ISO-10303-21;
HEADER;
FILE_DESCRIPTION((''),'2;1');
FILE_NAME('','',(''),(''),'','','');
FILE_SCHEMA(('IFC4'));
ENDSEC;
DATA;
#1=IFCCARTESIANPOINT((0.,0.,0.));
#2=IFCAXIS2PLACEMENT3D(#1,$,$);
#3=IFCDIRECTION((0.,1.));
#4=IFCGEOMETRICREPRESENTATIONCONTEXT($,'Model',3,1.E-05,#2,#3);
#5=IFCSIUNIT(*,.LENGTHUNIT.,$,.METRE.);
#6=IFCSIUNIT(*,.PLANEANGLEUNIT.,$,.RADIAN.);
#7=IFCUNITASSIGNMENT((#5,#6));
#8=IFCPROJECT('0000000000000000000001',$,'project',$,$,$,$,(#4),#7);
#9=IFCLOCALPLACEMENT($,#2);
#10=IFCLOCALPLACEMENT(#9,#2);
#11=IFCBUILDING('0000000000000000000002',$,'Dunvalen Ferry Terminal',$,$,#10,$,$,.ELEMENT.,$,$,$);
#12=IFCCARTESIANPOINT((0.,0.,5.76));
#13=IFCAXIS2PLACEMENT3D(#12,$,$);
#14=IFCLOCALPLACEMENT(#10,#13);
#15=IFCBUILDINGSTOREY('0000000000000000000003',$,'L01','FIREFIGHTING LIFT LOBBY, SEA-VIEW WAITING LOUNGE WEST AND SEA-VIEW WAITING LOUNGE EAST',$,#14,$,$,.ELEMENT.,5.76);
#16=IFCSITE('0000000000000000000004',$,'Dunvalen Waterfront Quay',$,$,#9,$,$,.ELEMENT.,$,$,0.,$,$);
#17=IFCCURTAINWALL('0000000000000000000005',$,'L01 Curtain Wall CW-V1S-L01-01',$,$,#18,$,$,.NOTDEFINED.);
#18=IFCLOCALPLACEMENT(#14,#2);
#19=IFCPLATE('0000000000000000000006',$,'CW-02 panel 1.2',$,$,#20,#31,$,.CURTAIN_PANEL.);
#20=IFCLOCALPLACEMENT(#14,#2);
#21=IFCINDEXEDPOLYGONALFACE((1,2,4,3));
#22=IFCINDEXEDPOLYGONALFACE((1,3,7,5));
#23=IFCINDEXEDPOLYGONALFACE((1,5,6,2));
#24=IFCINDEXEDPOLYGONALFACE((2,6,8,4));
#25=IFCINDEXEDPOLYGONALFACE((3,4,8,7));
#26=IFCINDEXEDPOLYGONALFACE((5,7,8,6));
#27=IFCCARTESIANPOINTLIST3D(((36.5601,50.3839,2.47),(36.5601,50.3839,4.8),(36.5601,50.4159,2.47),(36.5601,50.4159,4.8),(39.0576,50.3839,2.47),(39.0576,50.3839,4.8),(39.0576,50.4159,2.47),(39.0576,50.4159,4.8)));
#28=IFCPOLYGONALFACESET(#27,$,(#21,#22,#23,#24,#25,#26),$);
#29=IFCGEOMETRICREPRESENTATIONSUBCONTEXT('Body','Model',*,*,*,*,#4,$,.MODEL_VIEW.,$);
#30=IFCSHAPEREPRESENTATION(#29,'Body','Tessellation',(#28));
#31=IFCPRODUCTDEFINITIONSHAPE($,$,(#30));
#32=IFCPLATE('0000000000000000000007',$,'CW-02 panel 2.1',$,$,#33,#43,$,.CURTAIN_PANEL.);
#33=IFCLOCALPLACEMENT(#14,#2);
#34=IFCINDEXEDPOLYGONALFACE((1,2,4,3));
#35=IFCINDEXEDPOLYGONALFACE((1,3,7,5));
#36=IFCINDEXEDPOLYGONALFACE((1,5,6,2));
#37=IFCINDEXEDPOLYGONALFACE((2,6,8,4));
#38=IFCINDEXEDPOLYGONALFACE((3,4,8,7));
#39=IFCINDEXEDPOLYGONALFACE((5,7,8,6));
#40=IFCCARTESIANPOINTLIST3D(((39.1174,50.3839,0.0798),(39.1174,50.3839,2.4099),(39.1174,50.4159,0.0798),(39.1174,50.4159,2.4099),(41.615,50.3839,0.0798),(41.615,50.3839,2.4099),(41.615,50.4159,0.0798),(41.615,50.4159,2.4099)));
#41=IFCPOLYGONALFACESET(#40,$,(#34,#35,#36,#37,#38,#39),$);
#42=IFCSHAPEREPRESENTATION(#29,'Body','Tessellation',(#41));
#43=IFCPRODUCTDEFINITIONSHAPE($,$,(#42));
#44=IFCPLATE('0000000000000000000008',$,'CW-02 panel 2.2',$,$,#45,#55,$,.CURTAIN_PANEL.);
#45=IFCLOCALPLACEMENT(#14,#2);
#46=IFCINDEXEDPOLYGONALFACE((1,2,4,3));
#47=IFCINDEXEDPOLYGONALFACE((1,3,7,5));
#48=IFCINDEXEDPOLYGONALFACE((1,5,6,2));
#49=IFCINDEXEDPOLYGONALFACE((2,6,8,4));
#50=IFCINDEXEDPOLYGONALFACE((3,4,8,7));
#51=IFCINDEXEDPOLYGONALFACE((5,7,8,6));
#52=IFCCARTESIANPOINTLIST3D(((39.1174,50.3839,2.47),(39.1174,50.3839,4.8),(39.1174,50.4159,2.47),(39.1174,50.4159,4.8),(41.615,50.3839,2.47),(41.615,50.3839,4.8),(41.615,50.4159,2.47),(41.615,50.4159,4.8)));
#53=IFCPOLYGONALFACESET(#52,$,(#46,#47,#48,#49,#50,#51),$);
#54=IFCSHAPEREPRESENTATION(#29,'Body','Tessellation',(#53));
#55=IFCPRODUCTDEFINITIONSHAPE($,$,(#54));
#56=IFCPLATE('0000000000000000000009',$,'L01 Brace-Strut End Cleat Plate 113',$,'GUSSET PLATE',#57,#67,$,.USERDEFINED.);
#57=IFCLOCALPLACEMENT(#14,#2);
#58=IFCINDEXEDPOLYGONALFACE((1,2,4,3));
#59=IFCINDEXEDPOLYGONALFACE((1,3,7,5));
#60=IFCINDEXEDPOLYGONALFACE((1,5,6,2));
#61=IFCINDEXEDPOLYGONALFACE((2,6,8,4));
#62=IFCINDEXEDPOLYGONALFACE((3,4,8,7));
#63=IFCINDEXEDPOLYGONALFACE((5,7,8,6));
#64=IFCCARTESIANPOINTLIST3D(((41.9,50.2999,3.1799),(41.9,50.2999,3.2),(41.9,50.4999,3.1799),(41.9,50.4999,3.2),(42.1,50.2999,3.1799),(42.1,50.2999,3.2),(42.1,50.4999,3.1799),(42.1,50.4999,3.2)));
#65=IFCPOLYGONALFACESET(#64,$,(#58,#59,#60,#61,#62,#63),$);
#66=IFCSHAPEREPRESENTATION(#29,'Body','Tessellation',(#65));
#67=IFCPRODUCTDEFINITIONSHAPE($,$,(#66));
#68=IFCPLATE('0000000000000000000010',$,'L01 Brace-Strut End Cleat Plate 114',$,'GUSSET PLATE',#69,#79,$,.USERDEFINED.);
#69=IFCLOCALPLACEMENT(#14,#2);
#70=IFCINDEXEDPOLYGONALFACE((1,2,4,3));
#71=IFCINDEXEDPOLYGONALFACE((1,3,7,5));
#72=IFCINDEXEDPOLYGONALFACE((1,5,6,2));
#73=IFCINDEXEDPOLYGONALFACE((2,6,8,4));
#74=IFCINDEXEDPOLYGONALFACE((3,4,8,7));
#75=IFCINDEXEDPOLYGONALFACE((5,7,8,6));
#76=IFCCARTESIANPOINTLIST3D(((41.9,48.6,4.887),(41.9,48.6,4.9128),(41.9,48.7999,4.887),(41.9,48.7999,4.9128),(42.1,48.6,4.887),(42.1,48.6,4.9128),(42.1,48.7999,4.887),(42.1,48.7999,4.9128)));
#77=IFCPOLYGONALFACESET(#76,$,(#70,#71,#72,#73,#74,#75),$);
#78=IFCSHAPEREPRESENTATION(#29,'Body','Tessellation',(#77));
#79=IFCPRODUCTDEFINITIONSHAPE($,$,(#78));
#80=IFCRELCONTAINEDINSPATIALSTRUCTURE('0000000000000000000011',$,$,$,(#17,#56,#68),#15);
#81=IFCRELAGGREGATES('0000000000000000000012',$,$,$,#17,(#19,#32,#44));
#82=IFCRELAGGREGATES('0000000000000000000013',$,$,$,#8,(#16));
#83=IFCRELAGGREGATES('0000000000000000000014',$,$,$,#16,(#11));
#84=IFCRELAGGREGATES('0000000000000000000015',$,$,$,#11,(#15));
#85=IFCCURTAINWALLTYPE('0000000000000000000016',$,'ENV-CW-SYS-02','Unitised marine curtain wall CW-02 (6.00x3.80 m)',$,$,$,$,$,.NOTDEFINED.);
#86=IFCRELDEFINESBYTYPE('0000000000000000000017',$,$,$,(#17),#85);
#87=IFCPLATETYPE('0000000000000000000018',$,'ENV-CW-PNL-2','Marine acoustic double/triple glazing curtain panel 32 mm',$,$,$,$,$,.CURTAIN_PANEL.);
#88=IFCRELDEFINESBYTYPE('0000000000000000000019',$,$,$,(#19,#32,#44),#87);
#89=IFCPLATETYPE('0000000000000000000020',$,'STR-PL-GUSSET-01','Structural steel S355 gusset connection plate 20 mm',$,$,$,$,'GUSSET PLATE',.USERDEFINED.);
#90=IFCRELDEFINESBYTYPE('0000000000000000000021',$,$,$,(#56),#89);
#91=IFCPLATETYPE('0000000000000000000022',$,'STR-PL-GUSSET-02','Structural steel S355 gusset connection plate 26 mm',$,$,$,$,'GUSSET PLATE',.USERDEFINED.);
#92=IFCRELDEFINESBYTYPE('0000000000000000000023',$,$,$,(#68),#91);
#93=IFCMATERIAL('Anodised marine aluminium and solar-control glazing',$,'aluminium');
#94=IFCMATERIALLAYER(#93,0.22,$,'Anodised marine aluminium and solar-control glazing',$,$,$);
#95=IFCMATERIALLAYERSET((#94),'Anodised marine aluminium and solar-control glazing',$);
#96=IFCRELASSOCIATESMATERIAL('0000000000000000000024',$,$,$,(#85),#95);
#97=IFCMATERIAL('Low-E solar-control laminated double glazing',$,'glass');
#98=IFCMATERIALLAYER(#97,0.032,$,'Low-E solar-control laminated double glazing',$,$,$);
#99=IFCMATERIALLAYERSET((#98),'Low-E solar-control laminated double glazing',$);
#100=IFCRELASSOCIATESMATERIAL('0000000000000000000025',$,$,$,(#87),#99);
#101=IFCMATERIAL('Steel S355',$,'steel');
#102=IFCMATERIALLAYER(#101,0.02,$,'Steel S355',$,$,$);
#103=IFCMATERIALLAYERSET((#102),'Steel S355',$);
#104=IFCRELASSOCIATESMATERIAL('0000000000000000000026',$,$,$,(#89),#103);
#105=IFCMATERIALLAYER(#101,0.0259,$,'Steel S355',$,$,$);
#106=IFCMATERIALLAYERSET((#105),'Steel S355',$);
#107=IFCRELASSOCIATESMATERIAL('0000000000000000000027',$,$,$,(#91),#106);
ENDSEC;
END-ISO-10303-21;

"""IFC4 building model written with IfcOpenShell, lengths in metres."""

from ifc_helpers import new_model, si_unit, direction, frame, origin, origin_2d, place, context, subcontext, project, spatial, rectangle, extrude, material, layer, layer_set, type_object, element, aggregate, save


model = new_model("IFC4")

# Units and contexts
model_context = context("Model", 3, precision=1e-05, world=origin(), true_north=direction((0.0, 1.0)))
body_context = subcontext(model_context, "Body", "Model", "MODEL_VIEW")
ifc_project = project(units=[si_unit("LENGTHUNIT", "METRE"), si_unit("PLANEANGLEUNIT", "RADIAN")], contexts=[model_context])

# Site, building, storey
site_placement = place(None, origin())
site = spatial("IfcSite", under=ifc_project, at=site_placement, Name="Dunvalen Waterfront Quay", CompositionType="ELEMENT", RefElevation=0.0)
building_placement = place(site_placement, origin())
building = spatial("IfcBuilding", under=site, at=building_placement, Name="Dunvalen Ferry Terminal", CompositionType="ELEMENT")
storey_placement = place(building_placement, frame((0.0, 0.0, 5.76)))
storey = spatial("IfcBuildingStorey", under=building, at=storey_placement, Name="L01", Description="FIREFIGHTING LIFT LOBBY, SEA-VIEW WAITING LOUNGE WEST AND SEA-VIEW WAITING LOUNGE EAST", CompositionType="ELEMENT", Elevation=5.76)

# Curtain wall
ifc_material_1 = material(Name="Anodised marine aluminium and solar-control glazing", Category="aluminium")
ifc_layer_1 = layer(ifc_material_1, 0.22, Name="Anodised marine aluminium and solar-control glazing")
ifc_layer_set_1 = layer_set([ifc_layer_1], Name="Anodised marine aluminium and solar-control glazing")
curtain_wall_type = type_object("IfcCurtainWallType", Name="ENV-CW-SYS-02", Description="Unitised marine curtain wall CW-02 (6.00x3.80 m)", PredefinedType="NOTDEFINED", material=ifc_layer_set_1)
curtain_wall_1_placement = place(storey_placement, origin())
curtain_wall_1 = element("IfcCurtainWall", 1, at=curtain_wall_1_placement, inside=storey, type_object=curtain_wall_type, Name="L01 Curtain Wall CW-V1S-L01-01", PredefinedType="NOTDEFINED")

# Shared definitions
ifc_material_2 = material(Name="Steel S355", Category="steel")

# Plates
ifc_material_3 = material(Name="Low-E solar-control laminated double glazing", Category="glass")
ifc_layer_2 = layer(ifc_material_3, 0.032, Name="Low-E solar-control laminated double glazing")
ifc_layer_set_2 = layer_set([ifc_layer_2], Name="Low-E solar-control laminated double glazing")
plate_type_1 = type_object("IfcPlateType", Name="ENV-CW-PNL-2", Description="Marine acoustic double/triple glazing curtain panel 32 mm", PredefinedType="CURTAIN_PANEL", material=ifc_layer_set_2)
plate_1_placement = place(storey_placement, frame((37.8088, 50.3999, 2.47), z_axis=(0.0, 0.0, 1.0), x_axis=(1.0, 0.0, 0.0)))
plate_1 = element("IfcPlate", 2, at=plate_1_placement, type_object=plate_type_1, Name="CW-02 panel 1.2", PredefinedType="CURTAIN_PANEL", context=body_context, shape_type="SweptSolid", body=[
    extrude(rectangle(XDim=2.4976, YDim=0.032, at=origin_2d()), origin(), (0.0, 0.0, 1.0), 2.3301),
])
plate_2_placement = place(storey_placement, frame((40.3662, 50.3999, 0.0798), z_axis=(0.0, 0.0, 1.0), x_axis=(1.0, 0.0, 0.0)))
plate_2 = element("IfcPlate", 3, at=plate_2_placement, type_object=plate_type_1, Name="CW-02 panel 2.1", PredefinedType="CURTAIN_PANEL", context=body_context, shape_type="SweptSolid", body=[
    extrude(rectangle(XDim=2.4976, YDim=0.032, at=origin_2d()), origin(), (0.0, 0.0, 1.0), 2.3301),
])
plate_3_placement = place(storey_placement, frame((40.3662, 50.3999, 2.47), z_axis=(0.0, 0.0, 1.0), x_axis=(1.0, 0.0, 0.0)))
plate_3 = element("IfcPlate", 4, at=plate_3_placement, type_object=plate_type_1, Name="CW-02 panel 2.2", PredefinedType="CURTAIN_PANEL", context=body_context, shape_type="SweptSolid", body=[
    extrude(rectangle(XDim=2.4976, YDim=0.032, at=origin_2d()), origin(), (0.0, 0.0, 1.0), 2.3301),
])
aggregate(curtain_wall_1, [plate_1, plate_2, plate_3])

# Plates
ifc_layer_3 = layer(ifc_material_2, 0.02, Name="Steel S355")
ifc_layer_set_3 = layer_set([ifc_layer_3], Name="Steel S355")
plate_type_2 = type_object("IfcPlateType", Name="STR-PL-GUSSET-01", Description="Structural steel S355 gusset connection plate 20 mm", ElementType="GUSSET PLATE", PredefinedType="USERDEFINED", material=ifc_layer_set_3)
plate_4_placement = place(storey_placement, frame((42.0, 50.3999, 3.1799), z_axis=(0.0, 0.0, 1.0), x_axis=(1.0, 0.0, 0.0)))
element("IfcPlate", 5, at=plate_4_placement, inside=storey, type_object=plate_type_2, Name="L01 Brace-Strut End Cleat Plate 113", ObjectType="GUSSET PLATE", PredefinedType="USERDEFINED", context=body_context, shape_type="SweptSolid", body=[
    extrude(rectangle(XDim=0.2, YDim=0.2, at=origin_2d()), origin(), (0.0, 0.0, 1.0), 0.02),
])
ifc_layer_4 = layer(ifc_material_2, 0.0259, Name="Steel S355")
ifc_layer_set_4 = layer_set([ifc_layer_4], Name="Steel S355")
plate_type_3 = type_object("IfcPlateType", Name="STR-PL-GUSSET-02", Description="Structural steel S355 gusset connection plate 26 mm", ElementType="GUSSET PLATE", PredefinedType="USERDEFINED", material=ifc_layer_set_4)
plate_5_placement = place(storey_placement, frame((42.0, 48.7, 4.887), z_axis=(0.0, 0.0, 1.0), x_axis=(1.0, 0.0, 0.0)))
element("IfcPlate", 6, at=plate_5_placement, inside=storey, type_object=plate_type_3, Name="L01 Brace-Strut End Cleat Plate 114", ObjectType="GUSSET PLATE", PredefinedType="USERDEFINED", context=body_context, shape_type="SweptSolid", body=[
    extrude(rectangle(XDim=0.2, YDim=0.2, at=origin_2d()), origin(), (0.0, 0.0, 1.0), 0.0259),
])

save(model, "model.ifc")
